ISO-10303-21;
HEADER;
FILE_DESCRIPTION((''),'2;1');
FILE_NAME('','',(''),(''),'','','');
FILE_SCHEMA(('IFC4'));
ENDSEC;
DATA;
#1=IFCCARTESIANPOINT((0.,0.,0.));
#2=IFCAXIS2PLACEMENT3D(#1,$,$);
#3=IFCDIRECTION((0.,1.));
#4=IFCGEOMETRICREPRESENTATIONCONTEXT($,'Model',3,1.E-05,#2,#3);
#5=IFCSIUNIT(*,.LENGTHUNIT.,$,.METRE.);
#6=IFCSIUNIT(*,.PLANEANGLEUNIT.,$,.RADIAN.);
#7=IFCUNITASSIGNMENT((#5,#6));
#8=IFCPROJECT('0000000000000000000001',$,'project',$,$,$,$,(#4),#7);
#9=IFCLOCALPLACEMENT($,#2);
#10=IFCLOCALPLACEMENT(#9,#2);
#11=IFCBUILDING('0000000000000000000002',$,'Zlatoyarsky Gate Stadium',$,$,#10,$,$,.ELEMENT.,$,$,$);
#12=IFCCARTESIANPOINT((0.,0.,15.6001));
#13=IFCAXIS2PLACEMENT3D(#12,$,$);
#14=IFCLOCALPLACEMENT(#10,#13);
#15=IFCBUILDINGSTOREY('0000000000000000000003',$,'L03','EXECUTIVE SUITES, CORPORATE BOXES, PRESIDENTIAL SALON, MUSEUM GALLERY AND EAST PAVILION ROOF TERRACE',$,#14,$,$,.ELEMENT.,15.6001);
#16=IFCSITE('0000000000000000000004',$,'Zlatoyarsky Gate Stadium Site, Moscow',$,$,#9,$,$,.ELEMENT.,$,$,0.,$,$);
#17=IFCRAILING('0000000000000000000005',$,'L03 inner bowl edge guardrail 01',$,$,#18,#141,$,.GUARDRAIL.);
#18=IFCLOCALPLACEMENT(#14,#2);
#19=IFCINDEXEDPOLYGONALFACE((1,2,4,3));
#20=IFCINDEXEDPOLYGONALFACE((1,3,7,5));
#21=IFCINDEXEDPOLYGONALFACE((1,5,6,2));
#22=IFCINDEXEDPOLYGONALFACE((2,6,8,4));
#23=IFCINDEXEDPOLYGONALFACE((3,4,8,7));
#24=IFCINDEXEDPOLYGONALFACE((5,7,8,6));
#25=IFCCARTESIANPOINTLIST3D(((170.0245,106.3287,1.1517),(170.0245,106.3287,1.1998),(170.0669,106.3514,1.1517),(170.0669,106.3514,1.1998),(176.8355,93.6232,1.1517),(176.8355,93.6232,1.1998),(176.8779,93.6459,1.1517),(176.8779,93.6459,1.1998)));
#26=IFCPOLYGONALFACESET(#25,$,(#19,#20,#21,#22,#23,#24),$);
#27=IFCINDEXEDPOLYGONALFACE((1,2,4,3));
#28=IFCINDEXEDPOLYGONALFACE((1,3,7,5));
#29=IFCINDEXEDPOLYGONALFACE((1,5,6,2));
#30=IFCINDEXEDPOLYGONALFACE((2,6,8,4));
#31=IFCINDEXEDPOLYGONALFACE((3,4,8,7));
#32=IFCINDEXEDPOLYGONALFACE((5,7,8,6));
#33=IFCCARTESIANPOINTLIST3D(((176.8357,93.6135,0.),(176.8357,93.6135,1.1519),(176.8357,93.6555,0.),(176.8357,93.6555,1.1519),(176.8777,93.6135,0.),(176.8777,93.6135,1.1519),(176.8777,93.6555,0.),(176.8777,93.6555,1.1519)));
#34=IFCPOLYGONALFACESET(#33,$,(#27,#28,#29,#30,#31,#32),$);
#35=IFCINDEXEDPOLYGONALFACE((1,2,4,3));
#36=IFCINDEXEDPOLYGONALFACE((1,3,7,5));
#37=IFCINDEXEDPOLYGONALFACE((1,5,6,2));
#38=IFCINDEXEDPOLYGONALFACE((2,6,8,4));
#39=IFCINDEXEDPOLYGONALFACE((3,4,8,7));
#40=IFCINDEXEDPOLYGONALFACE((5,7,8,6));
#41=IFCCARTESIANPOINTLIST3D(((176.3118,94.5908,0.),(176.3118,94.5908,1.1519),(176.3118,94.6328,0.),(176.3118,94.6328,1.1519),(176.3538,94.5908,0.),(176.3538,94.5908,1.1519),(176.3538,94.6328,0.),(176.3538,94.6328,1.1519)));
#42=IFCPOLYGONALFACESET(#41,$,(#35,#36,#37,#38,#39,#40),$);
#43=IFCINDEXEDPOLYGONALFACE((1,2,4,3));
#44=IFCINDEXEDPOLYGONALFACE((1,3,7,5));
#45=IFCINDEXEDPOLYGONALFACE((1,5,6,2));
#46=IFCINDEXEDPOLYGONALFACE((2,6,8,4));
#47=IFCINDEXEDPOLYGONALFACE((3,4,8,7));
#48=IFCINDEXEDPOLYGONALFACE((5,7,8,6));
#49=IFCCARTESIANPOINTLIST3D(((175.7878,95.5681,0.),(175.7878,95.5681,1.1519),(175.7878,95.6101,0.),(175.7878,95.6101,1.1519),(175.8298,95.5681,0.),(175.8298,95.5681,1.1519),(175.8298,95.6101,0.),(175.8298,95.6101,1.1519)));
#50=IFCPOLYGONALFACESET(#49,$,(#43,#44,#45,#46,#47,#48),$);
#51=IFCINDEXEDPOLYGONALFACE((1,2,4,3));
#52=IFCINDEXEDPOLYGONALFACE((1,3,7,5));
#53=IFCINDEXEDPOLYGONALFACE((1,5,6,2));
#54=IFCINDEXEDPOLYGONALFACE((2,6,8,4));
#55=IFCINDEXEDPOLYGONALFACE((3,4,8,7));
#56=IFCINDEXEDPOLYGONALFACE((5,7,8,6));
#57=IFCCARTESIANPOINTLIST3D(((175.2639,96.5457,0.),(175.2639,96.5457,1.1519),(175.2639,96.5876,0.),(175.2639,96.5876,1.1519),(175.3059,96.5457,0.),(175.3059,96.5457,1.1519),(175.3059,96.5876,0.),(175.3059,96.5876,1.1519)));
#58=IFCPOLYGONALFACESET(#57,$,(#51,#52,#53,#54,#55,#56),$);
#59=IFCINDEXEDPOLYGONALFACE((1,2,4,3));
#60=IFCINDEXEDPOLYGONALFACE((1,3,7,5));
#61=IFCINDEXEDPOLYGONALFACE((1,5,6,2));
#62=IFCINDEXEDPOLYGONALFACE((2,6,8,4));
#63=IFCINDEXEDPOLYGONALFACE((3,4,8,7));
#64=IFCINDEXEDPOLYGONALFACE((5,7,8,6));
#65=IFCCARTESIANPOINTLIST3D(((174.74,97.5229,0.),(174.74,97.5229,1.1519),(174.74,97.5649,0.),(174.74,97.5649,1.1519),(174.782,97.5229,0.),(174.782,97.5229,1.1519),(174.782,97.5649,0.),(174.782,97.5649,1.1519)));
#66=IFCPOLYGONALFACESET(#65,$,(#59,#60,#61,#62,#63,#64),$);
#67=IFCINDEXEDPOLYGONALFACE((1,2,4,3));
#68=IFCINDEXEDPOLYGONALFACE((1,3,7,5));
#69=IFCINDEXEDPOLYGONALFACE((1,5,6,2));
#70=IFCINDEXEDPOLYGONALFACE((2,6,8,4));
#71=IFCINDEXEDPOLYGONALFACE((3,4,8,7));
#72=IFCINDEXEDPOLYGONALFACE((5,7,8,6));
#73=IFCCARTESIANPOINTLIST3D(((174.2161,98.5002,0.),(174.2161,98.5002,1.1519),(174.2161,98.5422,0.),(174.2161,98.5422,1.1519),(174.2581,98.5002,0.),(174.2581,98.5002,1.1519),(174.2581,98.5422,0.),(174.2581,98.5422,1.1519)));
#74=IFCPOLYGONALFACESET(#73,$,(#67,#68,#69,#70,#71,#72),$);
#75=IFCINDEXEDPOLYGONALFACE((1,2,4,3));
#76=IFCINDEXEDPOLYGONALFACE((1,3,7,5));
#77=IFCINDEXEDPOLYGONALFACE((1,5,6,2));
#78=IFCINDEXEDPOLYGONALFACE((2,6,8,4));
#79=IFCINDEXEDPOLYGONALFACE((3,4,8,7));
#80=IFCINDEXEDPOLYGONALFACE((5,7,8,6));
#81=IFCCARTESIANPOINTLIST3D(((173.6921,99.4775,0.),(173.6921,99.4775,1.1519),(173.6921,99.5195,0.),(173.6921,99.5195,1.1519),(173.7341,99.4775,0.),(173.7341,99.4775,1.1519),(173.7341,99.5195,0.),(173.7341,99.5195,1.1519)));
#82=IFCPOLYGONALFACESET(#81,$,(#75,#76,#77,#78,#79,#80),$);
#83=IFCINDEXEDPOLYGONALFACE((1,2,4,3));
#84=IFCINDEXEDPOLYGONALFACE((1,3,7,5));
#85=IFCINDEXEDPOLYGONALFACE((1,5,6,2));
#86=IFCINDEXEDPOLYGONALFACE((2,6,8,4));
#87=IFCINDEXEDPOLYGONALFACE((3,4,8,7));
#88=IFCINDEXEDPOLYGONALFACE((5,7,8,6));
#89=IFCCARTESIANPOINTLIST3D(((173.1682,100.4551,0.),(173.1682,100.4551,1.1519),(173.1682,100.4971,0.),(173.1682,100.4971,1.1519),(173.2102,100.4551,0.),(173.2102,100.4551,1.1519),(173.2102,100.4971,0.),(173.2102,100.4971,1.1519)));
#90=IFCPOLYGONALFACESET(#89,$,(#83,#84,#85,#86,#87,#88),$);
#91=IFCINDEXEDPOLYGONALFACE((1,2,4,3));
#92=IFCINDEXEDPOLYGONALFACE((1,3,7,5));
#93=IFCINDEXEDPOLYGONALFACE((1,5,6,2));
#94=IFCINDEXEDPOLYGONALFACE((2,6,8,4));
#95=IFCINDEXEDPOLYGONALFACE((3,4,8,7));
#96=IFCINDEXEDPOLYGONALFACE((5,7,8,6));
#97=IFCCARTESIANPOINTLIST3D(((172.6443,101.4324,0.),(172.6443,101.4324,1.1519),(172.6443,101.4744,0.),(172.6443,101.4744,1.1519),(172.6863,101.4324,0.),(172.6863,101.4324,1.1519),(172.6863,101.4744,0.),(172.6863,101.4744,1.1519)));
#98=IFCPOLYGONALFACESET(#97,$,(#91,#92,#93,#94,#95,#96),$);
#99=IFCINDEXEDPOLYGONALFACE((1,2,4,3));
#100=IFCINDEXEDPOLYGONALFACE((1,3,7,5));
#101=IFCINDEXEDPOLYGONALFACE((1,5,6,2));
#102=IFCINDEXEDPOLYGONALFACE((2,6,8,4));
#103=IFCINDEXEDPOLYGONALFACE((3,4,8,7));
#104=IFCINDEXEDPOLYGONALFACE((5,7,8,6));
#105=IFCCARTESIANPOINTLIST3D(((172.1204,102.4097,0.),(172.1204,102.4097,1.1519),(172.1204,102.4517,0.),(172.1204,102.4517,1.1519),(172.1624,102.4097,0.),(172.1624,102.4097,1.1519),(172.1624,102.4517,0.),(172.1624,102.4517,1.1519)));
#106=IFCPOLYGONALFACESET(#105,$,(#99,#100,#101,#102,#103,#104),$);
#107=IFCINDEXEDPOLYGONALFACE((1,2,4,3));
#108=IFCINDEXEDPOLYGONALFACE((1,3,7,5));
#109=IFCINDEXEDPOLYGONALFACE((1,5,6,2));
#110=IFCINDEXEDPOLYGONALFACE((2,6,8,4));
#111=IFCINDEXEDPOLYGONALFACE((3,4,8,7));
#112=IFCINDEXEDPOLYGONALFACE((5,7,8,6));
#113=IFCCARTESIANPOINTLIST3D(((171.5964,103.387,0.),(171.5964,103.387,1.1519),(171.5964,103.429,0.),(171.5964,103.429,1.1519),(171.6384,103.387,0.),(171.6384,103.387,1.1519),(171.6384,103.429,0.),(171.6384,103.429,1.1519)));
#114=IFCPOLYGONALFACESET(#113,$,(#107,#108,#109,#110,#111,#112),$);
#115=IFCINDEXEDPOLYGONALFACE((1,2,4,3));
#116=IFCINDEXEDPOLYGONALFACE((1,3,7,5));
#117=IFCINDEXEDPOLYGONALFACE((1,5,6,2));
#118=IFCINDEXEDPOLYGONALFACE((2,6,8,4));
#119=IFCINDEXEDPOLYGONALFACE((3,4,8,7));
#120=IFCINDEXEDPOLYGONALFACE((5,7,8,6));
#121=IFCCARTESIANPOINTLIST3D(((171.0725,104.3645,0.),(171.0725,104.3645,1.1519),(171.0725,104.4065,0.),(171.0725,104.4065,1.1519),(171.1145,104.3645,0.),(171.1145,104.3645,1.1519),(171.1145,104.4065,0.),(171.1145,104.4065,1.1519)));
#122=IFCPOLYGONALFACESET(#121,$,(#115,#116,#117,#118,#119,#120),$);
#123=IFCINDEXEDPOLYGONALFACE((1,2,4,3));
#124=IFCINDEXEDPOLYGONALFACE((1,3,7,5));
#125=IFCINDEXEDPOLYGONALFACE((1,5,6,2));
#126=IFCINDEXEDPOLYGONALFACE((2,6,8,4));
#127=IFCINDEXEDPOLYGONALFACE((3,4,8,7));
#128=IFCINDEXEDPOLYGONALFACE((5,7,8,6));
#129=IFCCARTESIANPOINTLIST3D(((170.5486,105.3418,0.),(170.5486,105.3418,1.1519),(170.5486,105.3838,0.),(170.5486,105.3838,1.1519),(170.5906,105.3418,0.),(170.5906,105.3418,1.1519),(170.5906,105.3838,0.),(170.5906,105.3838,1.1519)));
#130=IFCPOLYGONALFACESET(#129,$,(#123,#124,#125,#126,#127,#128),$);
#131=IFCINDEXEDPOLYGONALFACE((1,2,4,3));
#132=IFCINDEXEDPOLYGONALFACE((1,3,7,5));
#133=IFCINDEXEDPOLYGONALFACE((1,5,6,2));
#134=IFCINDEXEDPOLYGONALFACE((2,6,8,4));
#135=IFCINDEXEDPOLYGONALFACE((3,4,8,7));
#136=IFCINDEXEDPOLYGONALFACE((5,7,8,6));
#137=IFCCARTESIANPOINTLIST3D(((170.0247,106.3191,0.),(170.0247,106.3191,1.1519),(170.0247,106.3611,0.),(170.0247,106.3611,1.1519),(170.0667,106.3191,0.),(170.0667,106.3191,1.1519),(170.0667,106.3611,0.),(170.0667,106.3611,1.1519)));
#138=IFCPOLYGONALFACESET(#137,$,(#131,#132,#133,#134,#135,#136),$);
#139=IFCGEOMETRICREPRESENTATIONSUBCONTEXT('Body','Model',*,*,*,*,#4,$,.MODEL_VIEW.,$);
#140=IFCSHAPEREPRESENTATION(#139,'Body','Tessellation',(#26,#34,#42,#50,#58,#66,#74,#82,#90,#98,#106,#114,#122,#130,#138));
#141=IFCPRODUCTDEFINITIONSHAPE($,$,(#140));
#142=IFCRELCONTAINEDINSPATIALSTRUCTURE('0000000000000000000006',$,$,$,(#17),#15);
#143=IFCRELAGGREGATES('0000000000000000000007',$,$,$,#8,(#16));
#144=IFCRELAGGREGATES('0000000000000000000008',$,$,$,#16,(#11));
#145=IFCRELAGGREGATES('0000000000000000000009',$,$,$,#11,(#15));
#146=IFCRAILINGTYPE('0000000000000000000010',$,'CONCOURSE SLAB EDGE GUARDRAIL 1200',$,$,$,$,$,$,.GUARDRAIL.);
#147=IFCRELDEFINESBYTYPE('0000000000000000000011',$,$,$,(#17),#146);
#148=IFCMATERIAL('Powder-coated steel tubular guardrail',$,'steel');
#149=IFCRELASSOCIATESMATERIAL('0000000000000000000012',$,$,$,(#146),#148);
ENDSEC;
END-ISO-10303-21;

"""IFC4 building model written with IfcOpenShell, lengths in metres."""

from ifc_helpers import new_model, si_unit, direction, frame, origin, origin_2d, place, context, subcontext, project, spatial, rectangle, extrude, material, type_object, element, save


model = new_model("IFC4")

# Units and contexts
model_context = context("Model", 3, precision=1e-05, world=origin(), true_north=direction((0.0, 1.0)))
body_context = subcontext(model_context, "Body", "Model", "MODEL_VIEW")
ifc_project = project(units=[si_unit("LENGTHUNIT", "METRE"), si_unit("PLANEANGLEUNIT", "RADIAN")], contexts=[model_context])

# Site, building, storey
site_placement = place(None, origin())
site = spatial("IfcSite", under=ifc_project, at=site_placement, Name="Zlatoyarsky Gate Stadium Site, Moscow", CompositionType="ELEMENT", RefElevation=0.0)
building_placement = place(site_placement, origin())
building = spatial("IfcBuilding", under=site, at=building_placement, Name="Zlatoyarsky Gate Stadium", CompositionType="ELEMENT")
storey_placement = place(building_placement, frame((0.0, 0.0, 15.6001)))
storey = spatial("IfcBuildingStorey", under=building, at=storey_placement, Name="L03", Description="EXECUTIVE SUITES, CORPORATE BOXES, PRESIDENTIAL SALON, MUSEUM GALLERY AND EAST PAVILION ROOF TERRACE", CompositionType="ELEMENT", Elevation=15.6001)

# Railing
ifc_material_1 = material(Name="Powder-coated steel tubular guardrail", Category="steel")
railing_type = type_object("IfcRailingType", Name="CONCOURSE SLAB EDGE GUARDRAIL 1200", PredefinedType="GUARDRAIL", material=ifc_material_1)
railing_1_placement = place(storey_placement, frame((176.8567, 93.6345, 0.0)))
element("IfcRailing", 1, at=railing_1_placement, inside=storey, type_object=railing_type, Name="L03 inner bowl edge guardrail 01", PredefinedType="GUARDRAIL", context=body_context, shape_type="SweptSolid", body=[
    extrude(rectangle(XDim=0.0481, YDim=0.0481, at=origin_2d()), frame((0.0, 0.0, 1.1758), z_axis=(-0.472463, 0.881351, 0.0), x_axis=(-0.881351, -0.472463, 0.0)), (0.0, 0.0, 1.0), 14.416),
    extrude(rectangle(XDim=0.042, YDim=0.042, at=origin_2d()), origin(), (0.0, 0.0, 1.0), 1.1519),
    extrude(rectangle(XDim=0.042, YDim=0.042, at=origin_2d()), frame((-0.5239, 0.9773, 0.0)), (0.0, 0.0, 1.0), 1.1519),
    extrude(rectangle(XDim=0.042, YDim=0.042, at=origin_2d()), frame((-1.0479, 1.9546, 0.0)), (0.0, 0.0, 1.0), 1.1519),
    extrude(rectangle(XDim=0.042, YDim=0.042, at=origin_2d()), frame((-1.5718, 2.9321, 0.0)), (0.0, 0.0, 1.0), 1.1519),
    extrude(rectangle(XDim=0.042, YDim=0.042, at=origin_2d()), frame((-2.0957, 3.9094, 0.0)), (0.0, 0.0, 1.0), 1.1519),
    extrude(rectangle(XDim=0.042, YDim=0.042, at=origin_2d()), frame((-2.6196, 4.8867, 0.0)), (0.0, 0.0, 1.0), 1.1519),
    extrude(rectangle(XDim=0.042, YDim=0.042, at=origin_2d()), frame((-3.1436, 5.864, 0.0)), (0.0, 0.0, 1.0), 1.1519),
    extrude(rectangle(XDim=0.042, YDim=0.042, at=origin_2d()), frame((-3.6675, 6.8416, 0.0)), (0.0, 0.0, 1.0), 1.1519),
    extrude(rectangle(XDim=0.042, YDim=0.042, at=origin_2d()), frame((-4.1914, 7.8188, 0.0)), (0.0, 0.0, 1.0), 1.1519),
    extrude(rectangle(XDim=0.042, YDim=0.042, at=origin_2d()), frame((-4.7153, 8.7961, 0.0)), (0.0, 0.0, 1.0), 1.1519),
    extrude(rectangle(XDim=0.042, YDim=0.042, at=origin_2d()), frame((-5.2393, 9.7734, 0.0)), (0.0, 0.0, 1.0), 1.1519),
    extrude(rectangle(XDim=0.042, YDim=0.042, at=origin_2d()), frame((-5.7632, 10.751, 0.0)), (0.0, 0.0, 1.0), 1.1519),
    extrude(rectangle(XDim=0.042, YDim=0.042, at=origin_2d()), frame((-6.2871, 11.7283, 0.0)), (0.0, 0.0, 1.0), 1.1519),
    extrude(rectangle(XDim=0.042, YDim=0.042, at=origin_2d()), frame((-6.811, 12.7056, 0.0)), (0.0, 0.0, 1.0), 1.1519),
])

save(model, "model.ifc")
